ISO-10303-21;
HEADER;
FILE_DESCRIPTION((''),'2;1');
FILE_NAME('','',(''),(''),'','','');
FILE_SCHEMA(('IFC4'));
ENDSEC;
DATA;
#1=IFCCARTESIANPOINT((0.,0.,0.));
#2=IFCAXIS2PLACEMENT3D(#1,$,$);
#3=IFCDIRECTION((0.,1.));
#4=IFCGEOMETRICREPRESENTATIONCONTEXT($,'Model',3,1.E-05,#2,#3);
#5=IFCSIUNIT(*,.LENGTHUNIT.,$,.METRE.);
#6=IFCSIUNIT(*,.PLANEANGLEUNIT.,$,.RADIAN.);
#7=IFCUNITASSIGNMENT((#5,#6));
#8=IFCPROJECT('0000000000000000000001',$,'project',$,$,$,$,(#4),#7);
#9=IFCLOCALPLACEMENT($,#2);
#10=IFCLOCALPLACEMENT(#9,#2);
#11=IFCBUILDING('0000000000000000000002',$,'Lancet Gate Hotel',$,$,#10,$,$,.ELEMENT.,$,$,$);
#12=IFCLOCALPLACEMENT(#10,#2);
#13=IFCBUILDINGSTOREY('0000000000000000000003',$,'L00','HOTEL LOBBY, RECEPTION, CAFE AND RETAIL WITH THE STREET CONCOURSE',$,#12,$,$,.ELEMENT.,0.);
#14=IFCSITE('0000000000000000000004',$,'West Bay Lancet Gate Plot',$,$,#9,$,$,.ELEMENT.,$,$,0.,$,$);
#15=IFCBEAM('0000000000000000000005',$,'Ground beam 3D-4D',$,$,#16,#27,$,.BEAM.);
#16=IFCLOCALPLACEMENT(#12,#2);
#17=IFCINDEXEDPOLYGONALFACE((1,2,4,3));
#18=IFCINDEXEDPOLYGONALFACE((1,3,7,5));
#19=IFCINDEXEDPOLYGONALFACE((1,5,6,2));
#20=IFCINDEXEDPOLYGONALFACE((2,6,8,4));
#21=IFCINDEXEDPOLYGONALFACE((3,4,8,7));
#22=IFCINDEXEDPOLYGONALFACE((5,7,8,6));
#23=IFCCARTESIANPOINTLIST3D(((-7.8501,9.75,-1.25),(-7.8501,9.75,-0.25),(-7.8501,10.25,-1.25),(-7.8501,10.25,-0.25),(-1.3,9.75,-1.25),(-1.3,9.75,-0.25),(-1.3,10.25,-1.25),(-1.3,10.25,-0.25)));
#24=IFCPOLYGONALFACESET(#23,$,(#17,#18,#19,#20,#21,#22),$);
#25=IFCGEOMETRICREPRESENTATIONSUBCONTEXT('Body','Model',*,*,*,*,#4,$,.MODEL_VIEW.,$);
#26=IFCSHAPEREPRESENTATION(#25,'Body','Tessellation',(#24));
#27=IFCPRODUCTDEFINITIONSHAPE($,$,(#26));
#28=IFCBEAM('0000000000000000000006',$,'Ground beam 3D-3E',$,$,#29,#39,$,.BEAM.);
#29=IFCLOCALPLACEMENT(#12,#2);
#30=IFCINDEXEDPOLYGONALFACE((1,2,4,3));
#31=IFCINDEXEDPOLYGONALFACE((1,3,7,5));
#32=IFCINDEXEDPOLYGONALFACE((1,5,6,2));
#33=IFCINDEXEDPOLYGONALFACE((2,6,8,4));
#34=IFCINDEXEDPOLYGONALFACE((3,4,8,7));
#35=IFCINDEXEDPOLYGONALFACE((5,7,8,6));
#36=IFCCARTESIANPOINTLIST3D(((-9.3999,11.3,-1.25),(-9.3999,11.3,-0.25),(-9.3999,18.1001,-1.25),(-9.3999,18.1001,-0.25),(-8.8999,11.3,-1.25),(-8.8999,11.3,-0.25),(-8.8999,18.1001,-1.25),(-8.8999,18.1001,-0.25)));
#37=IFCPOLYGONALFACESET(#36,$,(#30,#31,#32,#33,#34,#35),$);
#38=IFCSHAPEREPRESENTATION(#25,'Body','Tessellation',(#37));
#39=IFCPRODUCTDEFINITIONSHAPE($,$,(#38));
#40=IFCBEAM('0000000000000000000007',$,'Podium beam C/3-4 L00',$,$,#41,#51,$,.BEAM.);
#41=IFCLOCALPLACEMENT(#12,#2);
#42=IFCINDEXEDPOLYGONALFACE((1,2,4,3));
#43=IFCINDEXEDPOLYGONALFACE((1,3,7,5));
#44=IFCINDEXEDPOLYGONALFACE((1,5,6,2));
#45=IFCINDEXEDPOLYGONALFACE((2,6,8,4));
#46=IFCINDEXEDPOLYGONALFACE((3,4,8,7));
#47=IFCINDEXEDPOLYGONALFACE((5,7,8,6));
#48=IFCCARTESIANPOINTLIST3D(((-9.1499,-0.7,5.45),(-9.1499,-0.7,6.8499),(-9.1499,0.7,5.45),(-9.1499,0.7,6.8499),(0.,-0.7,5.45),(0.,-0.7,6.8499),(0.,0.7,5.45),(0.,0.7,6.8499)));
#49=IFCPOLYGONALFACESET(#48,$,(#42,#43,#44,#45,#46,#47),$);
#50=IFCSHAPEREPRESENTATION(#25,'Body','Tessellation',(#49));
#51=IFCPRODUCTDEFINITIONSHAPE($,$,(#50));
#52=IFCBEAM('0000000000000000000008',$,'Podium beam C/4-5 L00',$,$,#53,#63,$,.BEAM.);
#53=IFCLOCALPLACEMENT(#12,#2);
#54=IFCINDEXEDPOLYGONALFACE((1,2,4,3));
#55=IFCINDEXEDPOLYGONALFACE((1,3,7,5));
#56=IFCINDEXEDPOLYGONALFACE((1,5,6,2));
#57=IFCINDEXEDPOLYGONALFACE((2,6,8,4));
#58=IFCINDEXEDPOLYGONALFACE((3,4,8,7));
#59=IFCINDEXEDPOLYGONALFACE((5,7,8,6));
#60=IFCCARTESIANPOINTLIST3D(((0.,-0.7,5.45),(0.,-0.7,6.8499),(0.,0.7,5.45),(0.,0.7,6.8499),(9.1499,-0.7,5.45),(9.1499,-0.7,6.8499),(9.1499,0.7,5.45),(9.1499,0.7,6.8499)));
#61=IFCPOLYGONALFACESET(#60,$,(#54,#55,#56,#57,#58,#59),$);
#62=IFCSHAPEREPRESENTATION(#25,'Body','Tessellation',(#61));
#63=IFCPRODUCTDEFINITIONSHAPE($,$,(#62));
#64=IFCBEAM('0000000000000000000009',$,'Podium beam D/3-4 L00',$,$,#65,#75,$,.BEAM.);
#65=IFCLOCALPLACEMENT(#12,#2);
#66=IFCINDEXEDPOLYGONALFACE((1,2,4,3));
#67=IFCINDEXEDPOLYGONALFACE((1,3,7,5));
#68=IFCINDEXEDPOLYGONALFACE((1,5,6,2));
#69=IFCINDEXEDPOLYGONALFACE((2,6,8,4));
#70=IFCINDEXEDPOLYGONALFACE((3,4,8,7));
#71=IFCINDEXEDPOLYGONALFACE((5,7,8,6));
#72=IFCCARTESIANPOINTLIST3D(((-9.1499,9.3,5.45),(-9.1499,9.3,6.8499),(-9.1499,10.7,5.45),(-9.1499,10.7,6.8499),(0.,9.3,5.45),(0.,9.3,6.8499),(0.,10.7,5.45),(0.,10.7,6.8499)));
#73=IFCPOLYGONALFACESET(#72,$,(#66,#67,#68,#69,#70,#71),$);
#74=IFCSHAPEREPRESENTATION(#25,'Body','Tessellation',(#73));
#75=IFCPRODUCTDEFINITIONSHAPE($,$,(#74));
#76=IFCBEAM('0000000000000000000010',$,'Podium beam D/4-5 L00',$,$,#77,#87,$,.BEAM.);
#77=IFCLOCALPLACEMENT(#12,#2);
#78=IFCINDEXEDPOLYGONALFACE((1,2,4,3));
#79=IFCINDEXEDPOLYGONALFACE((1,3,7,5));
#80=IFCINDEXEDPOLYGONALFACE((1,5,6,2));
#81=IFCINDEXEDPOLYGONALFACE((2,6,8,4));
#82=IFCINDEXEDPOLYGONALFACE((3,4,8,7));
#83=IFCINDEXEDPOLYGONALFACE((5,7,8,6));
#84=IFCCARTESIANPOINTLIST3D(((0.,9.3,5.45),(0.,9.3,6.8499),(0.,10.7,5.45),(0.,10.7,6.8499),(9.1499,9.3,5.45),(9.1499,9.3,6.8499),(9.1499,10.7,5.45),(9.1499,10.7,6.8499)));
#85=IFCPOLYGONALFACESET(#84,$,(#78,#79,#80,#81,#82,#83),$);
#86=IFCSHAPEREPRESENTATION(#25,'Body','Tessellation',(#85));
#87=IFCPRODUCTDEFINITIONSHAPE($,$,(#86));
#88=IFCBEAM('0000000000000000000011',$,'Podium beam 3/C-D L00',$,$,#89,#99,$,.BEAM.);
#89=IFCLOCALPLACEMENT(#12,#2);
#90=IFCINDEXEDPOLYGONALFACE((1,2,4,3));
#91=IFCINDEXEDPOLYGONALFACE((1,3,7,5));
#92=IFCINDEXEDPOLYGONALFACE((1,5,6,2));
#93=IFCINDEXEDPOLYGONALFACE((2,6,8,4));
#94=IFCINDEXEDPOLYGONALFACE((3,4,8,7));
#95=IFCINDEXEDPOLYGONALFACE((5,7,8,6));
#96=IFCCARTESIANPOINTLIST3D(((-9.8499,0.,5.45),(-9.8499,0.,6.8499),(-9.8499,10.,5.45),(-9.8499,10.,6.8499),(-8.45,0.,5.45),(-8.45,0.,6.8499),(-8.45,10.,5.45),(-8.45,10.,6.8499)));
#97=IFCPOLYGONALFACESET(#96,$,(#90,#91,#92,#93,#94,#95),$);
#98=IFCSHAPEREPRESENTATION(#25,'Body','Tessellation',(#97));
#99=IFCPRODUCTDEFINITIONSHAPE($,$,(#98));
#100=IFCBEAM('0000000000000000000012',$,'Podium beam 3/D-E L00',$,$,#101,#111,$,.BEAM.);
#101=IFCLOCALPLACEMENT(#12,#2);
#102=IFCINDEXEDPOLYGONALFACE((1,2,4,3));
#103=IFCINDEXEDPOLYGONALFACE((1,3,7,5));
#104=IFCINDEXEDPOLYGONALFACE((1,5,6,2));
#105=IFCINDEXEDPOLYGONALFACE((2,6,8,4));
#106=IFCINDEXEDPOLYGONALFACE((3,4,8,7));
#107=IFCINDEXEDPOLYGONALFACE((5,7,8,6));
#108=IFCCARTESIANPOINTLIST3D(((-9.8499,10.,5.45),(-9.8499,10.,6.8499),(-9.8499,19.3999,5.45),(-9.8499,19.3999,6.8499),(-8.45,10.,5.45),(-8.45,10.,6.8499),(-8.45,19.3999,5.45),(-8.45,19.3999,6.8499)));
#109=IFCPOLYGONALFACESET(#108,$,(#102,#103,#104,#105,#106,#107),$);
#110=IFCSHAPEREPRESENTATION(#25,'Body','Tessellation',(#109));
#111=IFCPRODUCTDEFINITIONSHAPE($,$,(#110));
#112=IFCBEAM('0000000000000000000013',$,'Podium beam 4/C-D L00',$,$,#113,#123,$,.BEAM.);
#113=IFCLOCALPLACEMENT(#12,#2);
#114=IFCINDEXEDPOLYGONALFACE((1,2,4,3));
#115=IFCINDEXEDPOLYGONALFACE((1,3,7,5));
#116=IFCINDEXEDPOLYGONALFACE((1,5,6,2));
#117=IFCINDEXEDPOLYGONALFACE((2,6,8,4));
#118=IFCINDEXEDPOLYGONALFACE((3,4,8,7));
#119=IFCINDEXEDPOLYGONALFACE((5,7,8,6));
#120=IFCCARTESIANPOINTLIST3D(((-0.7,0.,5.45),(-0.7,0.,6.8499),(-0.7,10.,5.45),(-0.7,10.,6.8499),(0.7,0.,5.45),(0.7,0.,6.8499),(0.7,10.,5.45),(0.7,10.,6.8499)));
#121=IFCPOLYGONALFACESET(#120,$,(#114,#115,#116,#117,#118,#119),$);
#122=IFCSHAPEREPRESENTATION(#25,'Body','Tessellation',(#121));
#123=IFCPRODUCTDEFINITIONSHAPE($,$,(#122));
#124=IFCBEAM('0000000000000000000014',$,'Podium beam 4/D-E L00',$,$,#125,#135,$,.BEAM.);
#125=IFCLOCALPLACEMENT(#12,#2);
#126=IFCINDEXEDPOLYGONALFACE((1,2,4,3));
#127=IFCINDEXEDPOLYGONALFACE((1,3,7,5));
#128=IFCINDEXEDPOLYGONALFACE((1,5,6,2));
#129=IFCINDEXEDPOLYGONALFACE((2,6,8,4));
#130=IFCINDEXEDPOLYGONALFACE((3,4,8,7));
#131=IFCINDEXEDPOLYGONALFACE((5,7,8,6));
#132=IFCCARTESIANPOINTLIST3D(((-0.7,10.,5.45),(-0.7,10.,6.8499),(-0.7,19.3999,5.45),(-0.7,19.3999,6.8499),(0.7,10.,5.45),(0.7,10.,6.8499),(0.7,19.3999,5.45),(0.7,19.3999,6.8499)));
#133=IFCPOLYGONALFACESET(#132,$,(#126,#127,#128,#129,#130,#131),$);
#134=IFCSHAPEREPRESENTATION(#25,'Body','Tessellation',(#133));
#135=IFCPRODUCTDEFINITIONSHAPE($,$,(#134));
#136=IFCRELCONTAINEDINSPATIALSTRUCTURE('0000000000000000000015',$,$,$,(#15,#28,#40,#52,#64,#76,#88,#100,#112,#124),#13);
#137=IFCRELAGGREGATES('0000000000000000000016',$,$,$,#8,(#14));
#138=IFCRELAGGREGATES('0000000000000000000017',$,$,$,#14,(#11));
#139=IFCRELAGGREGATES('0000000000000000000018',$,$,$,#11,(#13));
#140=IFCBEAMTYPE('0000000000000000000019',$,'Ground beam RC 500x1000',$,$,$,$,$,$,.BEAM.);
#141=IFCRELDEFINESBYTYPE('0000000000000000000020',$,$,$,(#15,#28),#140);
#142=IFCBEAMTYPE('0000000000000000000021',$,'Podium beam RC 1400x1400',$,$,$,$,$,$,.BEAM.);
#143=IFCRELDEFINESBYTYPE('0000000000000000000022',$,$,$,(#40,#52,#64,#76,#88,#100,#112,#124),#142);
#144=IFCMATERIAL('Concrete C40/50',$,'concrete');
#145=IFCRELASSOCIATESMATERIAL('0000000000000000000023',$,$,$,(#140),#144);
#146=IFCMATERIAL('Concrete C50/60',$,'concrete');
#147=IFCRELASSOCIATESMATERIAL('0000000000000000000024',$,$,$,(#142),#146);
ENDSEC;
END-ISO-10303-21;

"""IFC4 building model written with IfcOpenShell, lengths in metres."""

from ifc_helpers import new_model, si_unit, direction, frame, origin, origin_2d, place, context, subcontext, project, spatial, rectangle, extrude, material, material_profile, profile_set, type_object, element, save


model = new_model("IFC4")

# Units and contexts
model_context = context("Model", 3, precision=1e-05, world=origin(), true_north=direction((0.0, 1.0)))
body_context = subcontext(model_context, "Body", "Model", "MODEL_VIEW")
ifc_project = project(units=[si_unit("LENGTHUNIT", "METRE"), si_unit("PLANEANGLEUNIT", "RADIAN")], contexts=[model_context])

# Site, building, storey
site_placement = place(None, origin())
site = spatial("IfcSite", under=ifc_project, at=site_placement, Name="West Bay Lancet Gate Plot", CompositionType="ELEMENT", RefElevation=0.0)
building_placement = place(site_placement, origin())
building = spatial("IfcBuilding", under=site, at=building_placement, Name="Lancet Gate Hotel", CompositionType="ELEMENT")
storey_placement = place(building_placement, origin())
storey = spatial("IfcBuildingStorey", under=building, at=storey_placement, Name="L00", Description="HOTEL LOBBY, RECEPTION, CAFE AND RETAIL WITH THE STREET CONCOURSE", CompositionType="ELEMENT", Elevation=0.0)

# Beams
ifc_material_1 = material(Name="Concrete C40/50", Category="concrete")
ifc_material_profile_1 = material_profile(ifc_material_1, rectangle(XDim=0.5, YDim=1.0, at=origin_2d()), Name="RC 500x1000")
ifc_profile_set_1 = profile_set([ifc_material_profile_1], Name="Concrete C40/50")
beam_type_1 = type_object("IfcBeamType", Name="Ground beam RC 500x1000", PredefinedType="BEAM", material=ifc_profile_set_1)
beam_1_placement = place(storey_placement, frame((-7.8501, 10.0, -0.75), z_axis=(1.0, 0.0, 0.0), x_axis=(0.0, 1.0, 0.0)))
element("IfcBeam", 1, at=beam_1_placement, inside=storey, type_object=beam_type_1, Name="Ground beam 3D-4D", PredefinedType="BEAM", context=body_context, shape_type="SweptSolid", body=[
    extrude(rectangle(XDim=0.5, YDim=1.0, at=origin_2d()), origin(), (0.0, 0.0, 1.0), 6.55),
])
beam_2_placement = place(storey_placement, frame((-9.1499, 11.3, -0.75), z_axis=(0.0, 1.0, 0.0), x_axis=(-1.0, 0.0, 0.0)))
element("IfcBeam", 2, at=beam_2_placement, inside=storey, type_object=beam_type_1, Name="Ground beam 3D-3E", PredefinedType="BEAM", context=body_context, shape_type="SweptSolid", body=[
    extrude(rectangle(XDim=0.5, YDim=1.0, at=origin_2d()), origin(), (0.0, 0.0, 1.0), 6.8),
])
ifc_material_2 = material(Name="Concrete C50/60", Category="concrete")
ifc_material_profile_2 = material_profile(ifc_material_2, rectangle(XDim=1.3999, YDim=1.3999, at=origin_2d()), Name="RC 1400x1400")
ifc_profile_set_2 = profile_set([ifc_material_profile_2], Name="Concrete C50/60")
beam_type_2 = type_object("IfcBeamType", Name="Podium beam RC 1400x1400", PredefinedType="BEAM", material=ifc_profile_set_2)
for number, where, z_axis, x_axis, name in (
    (3, (-9.1499, 0.0, 6.1499), (1.0, 0.0, 0.0), (0.0, 1.0, 0.0), "Podium beam C/3-4 L00"),
    (4, (0.0, 0.0, 6.1499), (1.0, 0.0, 0.0), (0.0, 1.0, 0.0), "Podium beam C/4-5 L00"),
    (5, (-9.1499, 10.0, 6.1499), (1.0, 0.0, 0.0), (0.0, 1.0, 0.0), "Podium beam D/3-4 L00"),
    (6, (0.0, 10.0, 6.1499), (1.0, 0.0, 0.0), (0.0, 1.0, 0.0), "Podium beam D/4-5 L00"),
):
    element("IfcBeam", number, at=place(storey_placement, frame(where, z_axis=z_axis, x_axis=x_axis)), inside=storey, type_object=beam_type_2, Name=name, PredefinedType="BEAM", context=body_context, shape_type="SweptSolid", body=[
        extrude(rectangle(XDim=1.3999, YDim=1.3999, at=origin_2d()), origin(), (0.0, 0.0, 1.0), 9.1499),
    ])
beam_3_placement = place(storey_placement, frame((-9.1499, 0.0, 6.1499), z_axis=(0.0, 1.0, 0.0), x_axis=(-1.0, 0.0, 0.0)))
element("IfcBeam", 7, at=beam_3_placement, inside=storey, type_object=beam_type_2, Name="Podium beam 3/C-D L00", PredefinedType="BEAM", context=body_context, shape_type="SweptSolid", body=[
    extrude(rectangle(XDim=1.3999, YDim=1.3999, at=origin_2d()), origin(), (0.0, 0.0, 1.0), 10.0),
])
beam_4_placement = place(storey_placement, frame((-9.1499, 10.0, 6.1499), z_axis=(0.0, 1.0, 0.0), x_axis=(-1.0, 0.0, 0.0)))
element("IfcBeam", 8, at=beam_4_placement, inside=storey, type_object=beam_type_2, Name="Podium beam 3/D-E L00", PredefinedType="BEAM", context=body_context, shape_type="SweptSolid", body=[
    extrude(rectangle(XDim=1.3999, YDim=1.3999, at=origin_2d()), origin(), (0.0, 0.0, 1.0), 9.3999),
])
beam_5_placement = place(storey_placement, frame((0.0, 0.0, 6.1499), z_axis=(0.0, 1.0, 0.0), x_axis=(-1.0, 0.0, 0.0)))
element("IfcBeam", 9, at=beam_5_placement, inside=storey, type_object=beam_type_2, Name="Podium beam 4/C-D L00", PredefinedType="BEAM", context=body_context, shape_type="SweptSolid", body=[
    extrude(rectangle(XDim=1.3999, YDim=1.3999, at=origin_2d()), origin(), (0.0, 0.0, 1.0), 10.0),
])
beam_6_placement = place(storey_placement, frame((0.0, 10.0, 6.1499), z_axis=(0.0, 1.0, 0.0), x_axis=(-1.0, 0.0, 0.0)))
element("IfcBeam", 10, at=beam_6_placement, inside=storey, type_object=beam_type_2, Name="Podium beam 4/D-E L00", PredefinedType="BEAM", context=body_context, shape_type="SweptSolid", body=[
    extrude(rectangle(XDim=1.3999, YDim=1.3999, at=origin_2d()), origin(), (0.0, 0.0, 1.0), 9.3999),
])

save(model, "model.ifc")
